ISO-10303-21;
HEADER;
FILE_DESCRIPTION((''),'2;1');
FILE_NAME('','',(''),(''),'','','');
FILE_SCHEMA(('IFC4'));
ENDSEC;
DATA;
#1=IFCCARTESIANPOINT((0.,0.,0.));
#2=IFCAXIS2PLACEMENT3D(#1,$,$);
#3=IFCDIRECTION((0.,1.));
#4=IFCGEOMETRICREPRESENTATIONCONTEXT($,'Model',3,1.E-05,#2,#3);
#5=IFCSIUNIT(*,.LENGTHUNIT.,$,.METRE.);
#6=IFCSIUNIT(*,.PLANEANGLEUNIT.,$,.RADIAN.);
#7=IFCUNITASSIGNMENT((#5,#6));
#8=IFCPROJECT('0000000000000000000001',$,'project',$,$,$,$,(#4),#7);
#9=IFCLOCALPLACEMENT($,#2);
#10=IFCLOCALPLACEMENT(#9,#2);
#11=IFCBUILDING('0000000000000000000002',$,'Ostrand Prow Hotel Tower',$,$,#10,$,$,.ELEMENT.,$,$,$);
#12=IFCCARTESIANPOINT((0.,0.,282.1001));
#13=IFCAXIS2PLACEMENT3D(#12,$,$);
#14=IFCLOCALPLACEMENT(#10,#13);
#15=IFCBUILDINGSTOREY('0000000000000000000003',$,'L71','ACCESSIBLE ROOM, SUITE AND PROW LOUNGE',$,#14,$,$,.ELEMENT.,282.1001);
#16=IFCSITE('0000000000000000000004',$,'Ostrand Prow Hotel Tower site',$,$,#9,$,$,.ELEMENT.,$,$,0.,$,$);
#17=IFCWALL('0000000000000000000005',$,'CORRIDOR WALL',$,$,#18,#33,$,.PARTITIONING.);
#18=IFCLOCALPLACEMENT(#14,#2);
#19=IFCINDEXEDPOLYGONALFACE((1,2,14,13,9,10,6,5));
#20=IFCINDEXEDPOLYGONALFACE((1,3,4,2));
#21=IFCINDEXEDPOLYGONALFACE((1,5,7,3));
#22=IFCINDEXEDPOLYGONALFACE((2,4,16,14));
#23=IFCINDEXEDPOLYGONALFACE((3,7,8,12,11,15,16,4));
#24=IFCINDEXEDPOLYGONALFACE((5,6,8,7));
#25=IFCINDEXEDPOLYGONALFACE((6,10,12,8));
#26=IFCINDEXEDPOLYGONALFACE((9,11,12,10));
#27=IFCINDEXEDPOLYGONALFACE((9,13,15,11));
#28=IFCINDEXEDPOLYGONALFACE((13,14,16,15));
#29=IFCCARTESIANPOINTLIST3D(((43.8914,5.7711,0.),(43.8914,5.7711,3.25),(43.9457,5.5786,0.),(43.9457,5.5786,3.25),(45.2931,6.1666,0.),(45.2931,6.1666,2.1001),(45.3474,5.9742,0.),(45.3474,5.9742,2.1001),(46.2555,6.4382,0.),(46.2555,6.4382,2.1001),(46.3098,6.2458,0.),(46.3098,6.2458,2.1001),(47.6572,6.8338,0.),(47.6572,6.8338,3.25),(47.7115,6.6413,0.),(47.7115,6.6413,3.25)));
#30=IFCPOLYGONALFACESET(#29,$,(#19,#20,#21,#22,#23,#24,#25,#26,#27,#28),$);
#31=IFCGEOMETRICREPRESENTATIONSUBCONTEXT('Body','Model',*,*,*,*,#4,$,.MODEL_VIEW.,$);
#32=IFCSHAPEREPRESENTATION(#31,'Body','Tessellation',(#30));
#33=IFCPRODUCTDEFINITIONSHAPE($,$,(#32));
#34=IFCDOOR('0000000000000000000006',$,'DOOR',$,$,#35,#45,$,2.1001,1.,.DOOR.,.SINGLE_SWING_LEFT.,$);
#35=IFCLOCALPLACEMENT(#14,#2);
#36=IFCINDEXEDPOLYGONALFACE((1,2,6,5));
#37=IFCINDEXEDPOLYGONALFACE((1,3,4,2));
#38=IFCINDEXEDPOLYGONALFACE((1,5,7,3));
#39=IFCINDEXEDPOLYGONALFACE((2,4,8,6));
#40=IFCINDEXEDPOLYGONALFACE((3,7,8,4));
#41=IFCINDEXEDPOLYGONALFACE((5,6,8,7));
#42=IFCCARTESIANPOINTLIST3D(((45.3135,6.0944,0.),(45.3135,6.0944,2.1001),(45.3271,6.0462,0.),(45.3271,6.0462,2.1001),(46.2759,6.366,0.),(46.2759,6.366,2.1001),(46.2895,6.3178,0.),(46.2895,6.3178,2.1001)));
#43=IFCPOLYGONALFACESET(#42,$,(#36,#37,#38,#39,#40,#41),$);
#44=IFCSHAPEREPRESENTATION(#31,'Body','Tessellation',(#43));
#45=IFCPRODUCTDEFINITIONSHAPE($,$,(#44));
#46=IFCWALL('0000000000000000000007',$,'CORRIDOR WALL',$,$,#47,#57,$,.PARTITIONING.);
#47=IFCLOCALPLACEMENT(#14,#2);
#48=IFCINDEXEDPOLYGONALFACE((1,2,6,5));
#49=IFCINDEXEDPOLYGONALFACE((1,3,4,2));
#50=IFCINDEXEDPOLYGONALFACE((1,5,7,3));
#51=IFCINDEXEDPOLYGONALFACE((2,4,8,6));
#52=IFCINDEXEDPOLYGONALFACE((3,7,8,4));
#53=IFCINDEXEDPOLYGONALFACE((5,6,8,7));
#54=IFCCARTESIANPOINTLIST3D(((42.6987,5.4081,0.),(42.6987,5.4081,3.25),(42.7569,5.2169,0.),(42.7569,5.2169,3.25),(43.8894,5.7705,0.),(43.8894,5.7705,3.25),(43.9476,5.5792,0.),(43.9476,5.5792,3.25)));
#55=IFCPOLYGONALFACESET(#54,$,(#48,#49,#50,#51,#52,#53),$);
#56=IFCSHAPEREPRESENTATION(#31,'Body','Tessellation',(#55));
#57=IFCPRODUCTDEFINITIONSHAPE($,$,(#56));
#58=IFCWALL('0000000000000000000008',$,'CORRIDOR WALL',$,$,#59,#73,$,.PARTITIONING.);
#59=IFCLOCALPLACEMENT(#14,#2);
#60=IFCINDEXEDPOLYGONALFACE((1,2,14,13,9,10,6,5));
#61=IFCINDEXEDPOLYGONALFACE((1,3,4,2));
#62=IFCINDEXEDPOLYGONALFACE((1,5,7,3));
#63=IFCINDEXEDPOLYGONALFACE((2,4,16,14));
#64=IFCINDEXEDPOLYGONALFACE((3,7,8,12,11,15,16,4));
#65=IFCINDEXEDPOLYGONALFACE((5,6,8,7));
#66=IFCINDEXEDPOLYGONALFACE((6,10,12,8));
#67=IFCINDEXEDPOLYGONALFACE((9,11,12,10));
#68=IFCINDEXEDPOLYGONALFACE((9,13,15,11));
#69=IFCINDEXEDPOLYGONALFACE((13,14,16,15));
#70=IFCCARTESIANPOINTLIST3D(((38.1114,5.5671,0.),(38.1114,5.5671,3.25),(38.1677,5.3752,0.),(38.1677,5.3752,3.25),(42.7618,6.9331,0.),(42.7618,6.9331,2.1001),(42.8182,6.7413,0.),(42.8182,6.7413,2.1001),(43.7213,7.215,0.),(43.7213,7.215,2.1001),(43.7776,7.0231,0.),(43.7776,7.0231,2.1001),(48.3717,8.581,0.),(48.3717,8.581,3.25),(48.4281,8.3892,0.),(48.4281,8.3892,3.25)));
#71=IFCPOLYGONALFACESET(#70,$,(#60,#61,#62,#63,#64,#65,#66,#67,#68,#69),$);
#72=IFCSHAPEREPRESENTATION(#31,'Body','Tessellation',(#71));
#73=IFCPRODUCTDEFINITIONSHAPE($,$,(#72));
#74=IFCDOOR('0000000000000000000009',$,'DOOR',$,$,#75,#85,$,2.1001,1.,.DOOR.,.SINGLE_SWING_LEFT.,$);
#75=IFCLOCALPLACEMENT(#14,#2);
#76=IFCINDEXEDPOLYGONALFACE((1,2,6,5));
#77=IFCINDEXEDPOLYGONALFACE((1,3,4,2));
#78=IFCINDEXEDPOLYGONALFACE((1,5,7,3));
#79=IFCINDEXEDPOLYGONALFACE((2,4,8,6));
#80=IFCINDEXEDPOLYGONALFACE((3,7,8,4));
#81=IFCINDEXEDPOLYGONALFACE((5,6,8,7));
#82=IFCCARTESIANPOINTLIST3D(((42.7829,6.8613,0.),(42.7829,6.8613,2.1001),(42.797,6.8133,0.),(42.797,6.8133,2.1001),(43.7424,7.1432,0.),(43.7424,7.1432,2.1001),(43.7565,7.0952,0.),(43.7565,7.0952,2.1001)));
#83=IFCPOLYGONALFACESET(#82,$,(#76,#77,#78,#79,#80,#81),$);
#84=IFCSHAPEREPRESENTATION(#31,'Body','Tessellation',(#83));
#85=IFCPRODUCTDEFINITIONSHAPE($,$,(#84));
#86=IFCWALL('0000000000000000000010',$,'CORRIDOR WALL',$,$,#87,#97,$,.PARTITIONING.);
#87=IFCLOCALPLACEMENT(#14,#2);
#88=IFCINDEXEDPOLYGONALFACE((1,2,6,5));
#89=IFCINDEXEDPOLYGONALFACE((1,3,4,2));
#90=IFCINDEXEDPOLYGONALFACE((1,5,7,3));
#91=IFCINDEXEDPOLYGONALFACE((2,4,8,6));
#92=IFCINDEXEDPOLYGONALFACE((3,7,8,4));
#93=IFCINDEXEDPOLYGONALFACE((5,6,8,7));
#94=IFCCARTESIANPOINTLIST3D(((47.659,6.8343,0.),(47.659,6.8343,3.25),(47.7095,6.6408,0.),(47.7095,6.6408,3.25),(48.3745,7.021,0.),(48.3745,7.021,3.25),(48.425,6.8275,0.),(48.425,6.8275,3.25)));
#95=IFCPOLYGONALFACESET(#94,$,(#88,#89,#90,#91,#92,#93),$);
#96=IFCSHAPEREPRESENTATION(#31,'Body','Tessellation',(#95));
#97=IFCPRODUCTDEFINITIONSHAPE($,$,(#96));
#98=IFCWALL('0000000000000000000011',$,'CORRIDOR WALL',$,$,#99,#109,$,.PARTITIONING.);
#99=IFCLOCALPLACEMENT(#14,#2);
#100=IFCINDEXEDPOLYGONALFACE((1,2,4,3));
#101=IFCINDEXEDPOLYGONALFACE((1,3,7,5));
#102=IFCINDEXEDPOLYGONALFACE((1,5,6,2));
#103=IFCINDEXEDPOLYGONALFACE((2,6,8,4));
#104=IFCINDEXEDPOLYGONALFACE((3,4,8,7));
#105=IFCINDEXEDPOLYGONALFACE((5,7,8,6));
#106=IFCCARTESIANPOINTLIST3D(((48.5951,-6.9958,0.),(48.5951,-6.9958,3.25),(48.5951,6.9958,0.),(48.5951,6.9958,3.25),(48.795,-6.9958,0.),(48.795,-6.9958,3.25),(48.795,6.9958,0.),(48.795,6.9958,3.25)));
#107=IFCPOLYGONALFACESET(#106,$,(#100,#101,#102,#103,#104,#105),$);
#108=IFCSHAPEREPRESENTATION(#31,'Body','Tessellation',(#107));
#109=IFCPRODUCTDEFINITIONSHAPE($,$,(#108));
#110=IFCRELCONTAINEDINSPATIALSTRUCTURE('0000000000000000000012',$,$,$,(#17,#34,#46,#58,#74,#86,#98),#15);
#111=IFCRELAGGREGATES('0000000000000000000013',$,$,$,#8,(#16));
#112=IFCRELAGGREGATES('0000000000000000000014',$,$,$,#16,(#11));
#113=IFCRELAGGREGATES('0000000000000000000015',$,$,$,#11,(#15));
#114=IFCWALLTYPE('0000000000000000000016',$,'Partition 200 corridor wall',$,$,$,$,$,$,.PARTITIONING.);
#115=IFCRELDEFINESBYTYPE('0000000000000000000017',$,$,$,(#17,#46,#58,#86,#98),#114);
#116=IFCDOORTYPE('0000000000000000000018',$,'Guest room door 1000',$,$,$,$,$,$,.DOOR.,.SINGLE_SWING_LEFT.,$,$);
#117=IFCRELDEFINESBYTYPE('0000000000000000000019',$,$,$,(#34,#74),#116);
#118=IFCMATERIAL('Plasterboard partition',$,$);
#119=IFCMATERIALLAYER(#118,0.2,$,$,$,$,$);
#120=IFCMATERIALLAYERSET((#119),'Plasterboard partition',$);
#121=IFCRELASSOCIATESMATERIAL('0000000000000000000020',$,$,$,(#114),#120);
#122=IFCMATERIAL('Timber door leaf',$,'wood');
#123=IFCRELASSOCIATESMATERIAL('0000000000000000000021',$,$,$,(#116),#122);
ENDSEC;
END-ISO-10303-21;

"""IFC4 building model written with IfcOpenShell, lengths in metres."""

from ifc_helpers import new_model, si_unit, direction, frame, frame_2d, origin, place, context, subcontext, project, spatial, rectangle, extrude, material, layer, layer_set, type_object, element, fill, save


model = new_model("IFC4")

# Units and contexts
model_context = context("Model", 3, precision=1e-05, world=origin(), true_north=direction((0.0, 1.0)))
body_context = subcontext(model_context, "Body", "Model", "MODEL_VIEW")
ifc_project = project(units=[si_unit("LENGTHUNIT", "METRE"), si_unit("PLANEANGLEUNIT", "RADIAN")], contexts=[model_context])

# Site, building, storey
site_placement = place(None, origin())
site = spatial("IfcSite", under=ifc_project, at=site_placement, Name="Ostrand Prow Hotel Tower site", CompositionType="ELEMENT", RefElevation=0.0)
building_placement = place(site_placement, origin())
building = spatial("IfcBuilding", under=site, at=building_placement, Name="Ostrand Prow Hotel Tower", CompositionType="ELEMENT")
storey_placement = place(building_placement, frame((0.0, 0.0, 282.1001)))
storey = spatial("IfcBuildingStorey", under=building, at=storey_placement, Name="L71", Description="ACCESSIBLE ROOM, SUITE AND PROW LOUNGE", CompositionType="ELEMENT", Elevation=282.1001)

# Wall, opening, door
ifc_material_1 = material(Name="Plasterboard partition")
ifc_layer_1 = layer(ifc_material_1, 0.2)
ifc_layer_set_1 = layer_set([ifc_layer_1], Name="Plasterboard partition")
wall_type_1 = type_object("IfcWallType", Name="Partition 200 corridor wall", PredefinedType="PARTITIONING", material=ifc_layer_set_1)
wall_1_placement = place(storey_placement, frame((43.9185, 5.6748, 0.0), z_axis=(0.0, 0.0, 1.0), x_axis=(0.962411, 0.271596, 0.0)))
wall_1 = element("IfcWall", 1, at=wall_1_placement, inside=storey, type_object=wall_type_1, Name="CORRIDOR WALL", PredefinedType="PARTITIONING", context=body_context, shape_type="SweptSolid", body=[
    extrude(rectangle(XDim=3.9128, YDim=0.2, at=frame_2d((1.9565, 0.0))), origin(), (0.0, 0.0, 1.0), 3.25),
])
opening_1_placement = place(wall_1_placement, frame((1.4565, 0.0, 0.0)))
opening_1 = element("IfcOpeningElement", 2, at=opening_1_placement, cuts=wall_1, PredefinedType="OPENING", context=body_context, shape_type="SweptSolid", body=[
    extrude(rectangle(XDim=1.0, YDim=2.1001, at=frame_2d((0.5, 1.05))), frame((0.0, 0.1099, 0.0), z_axis=(0.0, -1.0, 0.0), x_axis=(1.0, 0.0, 0.0)), (0.0, 0.0, 1.0), 0.22),
])
ifc_material_2 = material(Name="Timber door leaf", Category="wood")
door_type_1 = type_object("IfcDoorType", Name="Guest room door 1000", OperationType="SINGLE_SWING_LEFT", PredefinedType="DOOR", material=ifc_material_2)
door_1_placement = place(opening_1_placement, origin())
door_1 = element("IfcDoor", 3, at=door_1_placement, inside=storey, type_object=door_type_1, Name="DOOR", OperationType="SINGLE_SWING_LEFT", OverallHeight=2.1001, OverallWidth=1.0, PredefinedType="DOOR", context=body_context, shape_type="SweptSolid", body=[
    extrude(rectangle(XDim=1.0, YDim=2.1001, at=frame_2d((0.5, 1.05))), frame((0.0, 0.0249, 0.0), z_axis=(0.0, -1.0, 0.0), x_axis=(1.0, 0.0, 0.0)), (0.0, 0.0, 1.0), 0.05),
])
fill(opening_1, door_1)

# Wall
wall_2_placement = place(storey_placement, frame((42.7278, 5.3125, 0.0), z_axis=(0.0, 0.0, 1.0), x_axis=(0.956691, 0.291107, 0.0)))
element("IfcWall", 4, at=wall_2_placement, inside=storey, type_object=wall_type_1, Name="CORRIDOR WALL", PredefinedType="PARTITIONING", context=body_context, shape_type="SweptSolid", body=[
    extrude(rectangle(XDim=1.2446, YDim=0.2, at=frame_2d((0.6223, 0.0))), origin(), (0.0, 0.0, 1.0), 3.25),
])

# Wall, opening, door
wall_3_placement = place(storey_placement, frame((48.3999, 8.4851, 0.0), z_axis=(0.0, 0.0, 1.0), x_axis=(-0.959462, -0.281839, 0.0)))
wall_3 = element("IfcWall", 5, at=wall_3_placement, inside=storey, type_object=wall_type_1, Name="CORRIDOR WALL", PredefinedType="PARTITIONING", context=body_context, shape_type="SweptSolid", body=[
    extrude(rectangle(XDim=10.6938, YDim=0.2, at=frame_2d((5.3469, 0.0))), origin(), (0.0, 0.0, 1.0), 3.25),
])
opening_2_placement = place(wall_3_placement, frame((4.8469, 0.0, 0.0)))
opening_2 = element("IfcOpeningElement", 6, at=opening_2_placement, cuts=wall_3, PredefinedType="OPENING", context=body_context, shape_type="SweptSolid", body=[
    extrude(rectangle(XDim=1.0, YDim=2.1001, at=frame_2d((0.5, 1.05))), frame((0.0, 0.1099, 0.0), z_axis=(0.0, -1.0, 0.0), x_axis=(1.0, 0.0, 0.0)), (0.0, 0.0, 1.0), 0.22),
])
door_2_placement = place(opening_2_placement, origin())
door_2 = element("IfcDoor", 7, at=door_2_placement, inside=storey, type_object=door_type_1, Name="DOOR", OperationType="SINGLE_SWING_LEFT", OverallHeight=2.1001, OverallWidth=1.0, PredefinedType="DOOR", context=body_context, shape_type="SweptSolid", body=[
    extrude(rectangle(XDim=1.0, YDim=2.1001, at=frame_2d((0.5, 1.05))), frame((0.0, 0.0249, 0.0), z_axis=(0.0, -1.0, 0.0), x_axis=(1.0, 0.0, 0.0)), (0.0, 0.0, 1.0), 0.05),
])
fill(opening_2, door_2)

# Walls
wall_4_placement = place(storey_placement, frame((47.6843, 6.7375, 0.0), z_axis=(0.0, 0.0, 1.0), x_axis=(0.967586, 0.252543, 0.0)))
element("IfcWall", 8, at=wall_4_placement, inside=storey, type_object=wall_type_1, Name="CORRIDOR WALL", PredefinedType="PARTITIONING", context=body_context, shape_type="SweptSolid", body=[
    extrude(rectangle(XDim=0.7395, YDim=0.2, at=frame_2d((0.3696, 0.0))), origin(), (0.0, 0.0, 1.0), 3.25),
])
wall_5_placement = place(storey_placement, frame((48.6951, 6.9958, 0.0), z_axis=(0.0, 0.0, 1.0), x_axis=(0.0, -1.0, 0.0)))
element("IfcWall", 9, at=wall_5_placement, inside=storey, type_object=wall_type_1, Name="CORRIDOR WALL", PredefinedType="PARTITIONING", context=body_context, shape_type="SweptSolid", body=[
    extrude(rectangle(XDim=13.9917, YDim=0.2, at=frame_2d((6.9958, 0.0))), origin(), (0.0, 0.0, 1.0), 3.25),
])

save(model, "model.ifc")
